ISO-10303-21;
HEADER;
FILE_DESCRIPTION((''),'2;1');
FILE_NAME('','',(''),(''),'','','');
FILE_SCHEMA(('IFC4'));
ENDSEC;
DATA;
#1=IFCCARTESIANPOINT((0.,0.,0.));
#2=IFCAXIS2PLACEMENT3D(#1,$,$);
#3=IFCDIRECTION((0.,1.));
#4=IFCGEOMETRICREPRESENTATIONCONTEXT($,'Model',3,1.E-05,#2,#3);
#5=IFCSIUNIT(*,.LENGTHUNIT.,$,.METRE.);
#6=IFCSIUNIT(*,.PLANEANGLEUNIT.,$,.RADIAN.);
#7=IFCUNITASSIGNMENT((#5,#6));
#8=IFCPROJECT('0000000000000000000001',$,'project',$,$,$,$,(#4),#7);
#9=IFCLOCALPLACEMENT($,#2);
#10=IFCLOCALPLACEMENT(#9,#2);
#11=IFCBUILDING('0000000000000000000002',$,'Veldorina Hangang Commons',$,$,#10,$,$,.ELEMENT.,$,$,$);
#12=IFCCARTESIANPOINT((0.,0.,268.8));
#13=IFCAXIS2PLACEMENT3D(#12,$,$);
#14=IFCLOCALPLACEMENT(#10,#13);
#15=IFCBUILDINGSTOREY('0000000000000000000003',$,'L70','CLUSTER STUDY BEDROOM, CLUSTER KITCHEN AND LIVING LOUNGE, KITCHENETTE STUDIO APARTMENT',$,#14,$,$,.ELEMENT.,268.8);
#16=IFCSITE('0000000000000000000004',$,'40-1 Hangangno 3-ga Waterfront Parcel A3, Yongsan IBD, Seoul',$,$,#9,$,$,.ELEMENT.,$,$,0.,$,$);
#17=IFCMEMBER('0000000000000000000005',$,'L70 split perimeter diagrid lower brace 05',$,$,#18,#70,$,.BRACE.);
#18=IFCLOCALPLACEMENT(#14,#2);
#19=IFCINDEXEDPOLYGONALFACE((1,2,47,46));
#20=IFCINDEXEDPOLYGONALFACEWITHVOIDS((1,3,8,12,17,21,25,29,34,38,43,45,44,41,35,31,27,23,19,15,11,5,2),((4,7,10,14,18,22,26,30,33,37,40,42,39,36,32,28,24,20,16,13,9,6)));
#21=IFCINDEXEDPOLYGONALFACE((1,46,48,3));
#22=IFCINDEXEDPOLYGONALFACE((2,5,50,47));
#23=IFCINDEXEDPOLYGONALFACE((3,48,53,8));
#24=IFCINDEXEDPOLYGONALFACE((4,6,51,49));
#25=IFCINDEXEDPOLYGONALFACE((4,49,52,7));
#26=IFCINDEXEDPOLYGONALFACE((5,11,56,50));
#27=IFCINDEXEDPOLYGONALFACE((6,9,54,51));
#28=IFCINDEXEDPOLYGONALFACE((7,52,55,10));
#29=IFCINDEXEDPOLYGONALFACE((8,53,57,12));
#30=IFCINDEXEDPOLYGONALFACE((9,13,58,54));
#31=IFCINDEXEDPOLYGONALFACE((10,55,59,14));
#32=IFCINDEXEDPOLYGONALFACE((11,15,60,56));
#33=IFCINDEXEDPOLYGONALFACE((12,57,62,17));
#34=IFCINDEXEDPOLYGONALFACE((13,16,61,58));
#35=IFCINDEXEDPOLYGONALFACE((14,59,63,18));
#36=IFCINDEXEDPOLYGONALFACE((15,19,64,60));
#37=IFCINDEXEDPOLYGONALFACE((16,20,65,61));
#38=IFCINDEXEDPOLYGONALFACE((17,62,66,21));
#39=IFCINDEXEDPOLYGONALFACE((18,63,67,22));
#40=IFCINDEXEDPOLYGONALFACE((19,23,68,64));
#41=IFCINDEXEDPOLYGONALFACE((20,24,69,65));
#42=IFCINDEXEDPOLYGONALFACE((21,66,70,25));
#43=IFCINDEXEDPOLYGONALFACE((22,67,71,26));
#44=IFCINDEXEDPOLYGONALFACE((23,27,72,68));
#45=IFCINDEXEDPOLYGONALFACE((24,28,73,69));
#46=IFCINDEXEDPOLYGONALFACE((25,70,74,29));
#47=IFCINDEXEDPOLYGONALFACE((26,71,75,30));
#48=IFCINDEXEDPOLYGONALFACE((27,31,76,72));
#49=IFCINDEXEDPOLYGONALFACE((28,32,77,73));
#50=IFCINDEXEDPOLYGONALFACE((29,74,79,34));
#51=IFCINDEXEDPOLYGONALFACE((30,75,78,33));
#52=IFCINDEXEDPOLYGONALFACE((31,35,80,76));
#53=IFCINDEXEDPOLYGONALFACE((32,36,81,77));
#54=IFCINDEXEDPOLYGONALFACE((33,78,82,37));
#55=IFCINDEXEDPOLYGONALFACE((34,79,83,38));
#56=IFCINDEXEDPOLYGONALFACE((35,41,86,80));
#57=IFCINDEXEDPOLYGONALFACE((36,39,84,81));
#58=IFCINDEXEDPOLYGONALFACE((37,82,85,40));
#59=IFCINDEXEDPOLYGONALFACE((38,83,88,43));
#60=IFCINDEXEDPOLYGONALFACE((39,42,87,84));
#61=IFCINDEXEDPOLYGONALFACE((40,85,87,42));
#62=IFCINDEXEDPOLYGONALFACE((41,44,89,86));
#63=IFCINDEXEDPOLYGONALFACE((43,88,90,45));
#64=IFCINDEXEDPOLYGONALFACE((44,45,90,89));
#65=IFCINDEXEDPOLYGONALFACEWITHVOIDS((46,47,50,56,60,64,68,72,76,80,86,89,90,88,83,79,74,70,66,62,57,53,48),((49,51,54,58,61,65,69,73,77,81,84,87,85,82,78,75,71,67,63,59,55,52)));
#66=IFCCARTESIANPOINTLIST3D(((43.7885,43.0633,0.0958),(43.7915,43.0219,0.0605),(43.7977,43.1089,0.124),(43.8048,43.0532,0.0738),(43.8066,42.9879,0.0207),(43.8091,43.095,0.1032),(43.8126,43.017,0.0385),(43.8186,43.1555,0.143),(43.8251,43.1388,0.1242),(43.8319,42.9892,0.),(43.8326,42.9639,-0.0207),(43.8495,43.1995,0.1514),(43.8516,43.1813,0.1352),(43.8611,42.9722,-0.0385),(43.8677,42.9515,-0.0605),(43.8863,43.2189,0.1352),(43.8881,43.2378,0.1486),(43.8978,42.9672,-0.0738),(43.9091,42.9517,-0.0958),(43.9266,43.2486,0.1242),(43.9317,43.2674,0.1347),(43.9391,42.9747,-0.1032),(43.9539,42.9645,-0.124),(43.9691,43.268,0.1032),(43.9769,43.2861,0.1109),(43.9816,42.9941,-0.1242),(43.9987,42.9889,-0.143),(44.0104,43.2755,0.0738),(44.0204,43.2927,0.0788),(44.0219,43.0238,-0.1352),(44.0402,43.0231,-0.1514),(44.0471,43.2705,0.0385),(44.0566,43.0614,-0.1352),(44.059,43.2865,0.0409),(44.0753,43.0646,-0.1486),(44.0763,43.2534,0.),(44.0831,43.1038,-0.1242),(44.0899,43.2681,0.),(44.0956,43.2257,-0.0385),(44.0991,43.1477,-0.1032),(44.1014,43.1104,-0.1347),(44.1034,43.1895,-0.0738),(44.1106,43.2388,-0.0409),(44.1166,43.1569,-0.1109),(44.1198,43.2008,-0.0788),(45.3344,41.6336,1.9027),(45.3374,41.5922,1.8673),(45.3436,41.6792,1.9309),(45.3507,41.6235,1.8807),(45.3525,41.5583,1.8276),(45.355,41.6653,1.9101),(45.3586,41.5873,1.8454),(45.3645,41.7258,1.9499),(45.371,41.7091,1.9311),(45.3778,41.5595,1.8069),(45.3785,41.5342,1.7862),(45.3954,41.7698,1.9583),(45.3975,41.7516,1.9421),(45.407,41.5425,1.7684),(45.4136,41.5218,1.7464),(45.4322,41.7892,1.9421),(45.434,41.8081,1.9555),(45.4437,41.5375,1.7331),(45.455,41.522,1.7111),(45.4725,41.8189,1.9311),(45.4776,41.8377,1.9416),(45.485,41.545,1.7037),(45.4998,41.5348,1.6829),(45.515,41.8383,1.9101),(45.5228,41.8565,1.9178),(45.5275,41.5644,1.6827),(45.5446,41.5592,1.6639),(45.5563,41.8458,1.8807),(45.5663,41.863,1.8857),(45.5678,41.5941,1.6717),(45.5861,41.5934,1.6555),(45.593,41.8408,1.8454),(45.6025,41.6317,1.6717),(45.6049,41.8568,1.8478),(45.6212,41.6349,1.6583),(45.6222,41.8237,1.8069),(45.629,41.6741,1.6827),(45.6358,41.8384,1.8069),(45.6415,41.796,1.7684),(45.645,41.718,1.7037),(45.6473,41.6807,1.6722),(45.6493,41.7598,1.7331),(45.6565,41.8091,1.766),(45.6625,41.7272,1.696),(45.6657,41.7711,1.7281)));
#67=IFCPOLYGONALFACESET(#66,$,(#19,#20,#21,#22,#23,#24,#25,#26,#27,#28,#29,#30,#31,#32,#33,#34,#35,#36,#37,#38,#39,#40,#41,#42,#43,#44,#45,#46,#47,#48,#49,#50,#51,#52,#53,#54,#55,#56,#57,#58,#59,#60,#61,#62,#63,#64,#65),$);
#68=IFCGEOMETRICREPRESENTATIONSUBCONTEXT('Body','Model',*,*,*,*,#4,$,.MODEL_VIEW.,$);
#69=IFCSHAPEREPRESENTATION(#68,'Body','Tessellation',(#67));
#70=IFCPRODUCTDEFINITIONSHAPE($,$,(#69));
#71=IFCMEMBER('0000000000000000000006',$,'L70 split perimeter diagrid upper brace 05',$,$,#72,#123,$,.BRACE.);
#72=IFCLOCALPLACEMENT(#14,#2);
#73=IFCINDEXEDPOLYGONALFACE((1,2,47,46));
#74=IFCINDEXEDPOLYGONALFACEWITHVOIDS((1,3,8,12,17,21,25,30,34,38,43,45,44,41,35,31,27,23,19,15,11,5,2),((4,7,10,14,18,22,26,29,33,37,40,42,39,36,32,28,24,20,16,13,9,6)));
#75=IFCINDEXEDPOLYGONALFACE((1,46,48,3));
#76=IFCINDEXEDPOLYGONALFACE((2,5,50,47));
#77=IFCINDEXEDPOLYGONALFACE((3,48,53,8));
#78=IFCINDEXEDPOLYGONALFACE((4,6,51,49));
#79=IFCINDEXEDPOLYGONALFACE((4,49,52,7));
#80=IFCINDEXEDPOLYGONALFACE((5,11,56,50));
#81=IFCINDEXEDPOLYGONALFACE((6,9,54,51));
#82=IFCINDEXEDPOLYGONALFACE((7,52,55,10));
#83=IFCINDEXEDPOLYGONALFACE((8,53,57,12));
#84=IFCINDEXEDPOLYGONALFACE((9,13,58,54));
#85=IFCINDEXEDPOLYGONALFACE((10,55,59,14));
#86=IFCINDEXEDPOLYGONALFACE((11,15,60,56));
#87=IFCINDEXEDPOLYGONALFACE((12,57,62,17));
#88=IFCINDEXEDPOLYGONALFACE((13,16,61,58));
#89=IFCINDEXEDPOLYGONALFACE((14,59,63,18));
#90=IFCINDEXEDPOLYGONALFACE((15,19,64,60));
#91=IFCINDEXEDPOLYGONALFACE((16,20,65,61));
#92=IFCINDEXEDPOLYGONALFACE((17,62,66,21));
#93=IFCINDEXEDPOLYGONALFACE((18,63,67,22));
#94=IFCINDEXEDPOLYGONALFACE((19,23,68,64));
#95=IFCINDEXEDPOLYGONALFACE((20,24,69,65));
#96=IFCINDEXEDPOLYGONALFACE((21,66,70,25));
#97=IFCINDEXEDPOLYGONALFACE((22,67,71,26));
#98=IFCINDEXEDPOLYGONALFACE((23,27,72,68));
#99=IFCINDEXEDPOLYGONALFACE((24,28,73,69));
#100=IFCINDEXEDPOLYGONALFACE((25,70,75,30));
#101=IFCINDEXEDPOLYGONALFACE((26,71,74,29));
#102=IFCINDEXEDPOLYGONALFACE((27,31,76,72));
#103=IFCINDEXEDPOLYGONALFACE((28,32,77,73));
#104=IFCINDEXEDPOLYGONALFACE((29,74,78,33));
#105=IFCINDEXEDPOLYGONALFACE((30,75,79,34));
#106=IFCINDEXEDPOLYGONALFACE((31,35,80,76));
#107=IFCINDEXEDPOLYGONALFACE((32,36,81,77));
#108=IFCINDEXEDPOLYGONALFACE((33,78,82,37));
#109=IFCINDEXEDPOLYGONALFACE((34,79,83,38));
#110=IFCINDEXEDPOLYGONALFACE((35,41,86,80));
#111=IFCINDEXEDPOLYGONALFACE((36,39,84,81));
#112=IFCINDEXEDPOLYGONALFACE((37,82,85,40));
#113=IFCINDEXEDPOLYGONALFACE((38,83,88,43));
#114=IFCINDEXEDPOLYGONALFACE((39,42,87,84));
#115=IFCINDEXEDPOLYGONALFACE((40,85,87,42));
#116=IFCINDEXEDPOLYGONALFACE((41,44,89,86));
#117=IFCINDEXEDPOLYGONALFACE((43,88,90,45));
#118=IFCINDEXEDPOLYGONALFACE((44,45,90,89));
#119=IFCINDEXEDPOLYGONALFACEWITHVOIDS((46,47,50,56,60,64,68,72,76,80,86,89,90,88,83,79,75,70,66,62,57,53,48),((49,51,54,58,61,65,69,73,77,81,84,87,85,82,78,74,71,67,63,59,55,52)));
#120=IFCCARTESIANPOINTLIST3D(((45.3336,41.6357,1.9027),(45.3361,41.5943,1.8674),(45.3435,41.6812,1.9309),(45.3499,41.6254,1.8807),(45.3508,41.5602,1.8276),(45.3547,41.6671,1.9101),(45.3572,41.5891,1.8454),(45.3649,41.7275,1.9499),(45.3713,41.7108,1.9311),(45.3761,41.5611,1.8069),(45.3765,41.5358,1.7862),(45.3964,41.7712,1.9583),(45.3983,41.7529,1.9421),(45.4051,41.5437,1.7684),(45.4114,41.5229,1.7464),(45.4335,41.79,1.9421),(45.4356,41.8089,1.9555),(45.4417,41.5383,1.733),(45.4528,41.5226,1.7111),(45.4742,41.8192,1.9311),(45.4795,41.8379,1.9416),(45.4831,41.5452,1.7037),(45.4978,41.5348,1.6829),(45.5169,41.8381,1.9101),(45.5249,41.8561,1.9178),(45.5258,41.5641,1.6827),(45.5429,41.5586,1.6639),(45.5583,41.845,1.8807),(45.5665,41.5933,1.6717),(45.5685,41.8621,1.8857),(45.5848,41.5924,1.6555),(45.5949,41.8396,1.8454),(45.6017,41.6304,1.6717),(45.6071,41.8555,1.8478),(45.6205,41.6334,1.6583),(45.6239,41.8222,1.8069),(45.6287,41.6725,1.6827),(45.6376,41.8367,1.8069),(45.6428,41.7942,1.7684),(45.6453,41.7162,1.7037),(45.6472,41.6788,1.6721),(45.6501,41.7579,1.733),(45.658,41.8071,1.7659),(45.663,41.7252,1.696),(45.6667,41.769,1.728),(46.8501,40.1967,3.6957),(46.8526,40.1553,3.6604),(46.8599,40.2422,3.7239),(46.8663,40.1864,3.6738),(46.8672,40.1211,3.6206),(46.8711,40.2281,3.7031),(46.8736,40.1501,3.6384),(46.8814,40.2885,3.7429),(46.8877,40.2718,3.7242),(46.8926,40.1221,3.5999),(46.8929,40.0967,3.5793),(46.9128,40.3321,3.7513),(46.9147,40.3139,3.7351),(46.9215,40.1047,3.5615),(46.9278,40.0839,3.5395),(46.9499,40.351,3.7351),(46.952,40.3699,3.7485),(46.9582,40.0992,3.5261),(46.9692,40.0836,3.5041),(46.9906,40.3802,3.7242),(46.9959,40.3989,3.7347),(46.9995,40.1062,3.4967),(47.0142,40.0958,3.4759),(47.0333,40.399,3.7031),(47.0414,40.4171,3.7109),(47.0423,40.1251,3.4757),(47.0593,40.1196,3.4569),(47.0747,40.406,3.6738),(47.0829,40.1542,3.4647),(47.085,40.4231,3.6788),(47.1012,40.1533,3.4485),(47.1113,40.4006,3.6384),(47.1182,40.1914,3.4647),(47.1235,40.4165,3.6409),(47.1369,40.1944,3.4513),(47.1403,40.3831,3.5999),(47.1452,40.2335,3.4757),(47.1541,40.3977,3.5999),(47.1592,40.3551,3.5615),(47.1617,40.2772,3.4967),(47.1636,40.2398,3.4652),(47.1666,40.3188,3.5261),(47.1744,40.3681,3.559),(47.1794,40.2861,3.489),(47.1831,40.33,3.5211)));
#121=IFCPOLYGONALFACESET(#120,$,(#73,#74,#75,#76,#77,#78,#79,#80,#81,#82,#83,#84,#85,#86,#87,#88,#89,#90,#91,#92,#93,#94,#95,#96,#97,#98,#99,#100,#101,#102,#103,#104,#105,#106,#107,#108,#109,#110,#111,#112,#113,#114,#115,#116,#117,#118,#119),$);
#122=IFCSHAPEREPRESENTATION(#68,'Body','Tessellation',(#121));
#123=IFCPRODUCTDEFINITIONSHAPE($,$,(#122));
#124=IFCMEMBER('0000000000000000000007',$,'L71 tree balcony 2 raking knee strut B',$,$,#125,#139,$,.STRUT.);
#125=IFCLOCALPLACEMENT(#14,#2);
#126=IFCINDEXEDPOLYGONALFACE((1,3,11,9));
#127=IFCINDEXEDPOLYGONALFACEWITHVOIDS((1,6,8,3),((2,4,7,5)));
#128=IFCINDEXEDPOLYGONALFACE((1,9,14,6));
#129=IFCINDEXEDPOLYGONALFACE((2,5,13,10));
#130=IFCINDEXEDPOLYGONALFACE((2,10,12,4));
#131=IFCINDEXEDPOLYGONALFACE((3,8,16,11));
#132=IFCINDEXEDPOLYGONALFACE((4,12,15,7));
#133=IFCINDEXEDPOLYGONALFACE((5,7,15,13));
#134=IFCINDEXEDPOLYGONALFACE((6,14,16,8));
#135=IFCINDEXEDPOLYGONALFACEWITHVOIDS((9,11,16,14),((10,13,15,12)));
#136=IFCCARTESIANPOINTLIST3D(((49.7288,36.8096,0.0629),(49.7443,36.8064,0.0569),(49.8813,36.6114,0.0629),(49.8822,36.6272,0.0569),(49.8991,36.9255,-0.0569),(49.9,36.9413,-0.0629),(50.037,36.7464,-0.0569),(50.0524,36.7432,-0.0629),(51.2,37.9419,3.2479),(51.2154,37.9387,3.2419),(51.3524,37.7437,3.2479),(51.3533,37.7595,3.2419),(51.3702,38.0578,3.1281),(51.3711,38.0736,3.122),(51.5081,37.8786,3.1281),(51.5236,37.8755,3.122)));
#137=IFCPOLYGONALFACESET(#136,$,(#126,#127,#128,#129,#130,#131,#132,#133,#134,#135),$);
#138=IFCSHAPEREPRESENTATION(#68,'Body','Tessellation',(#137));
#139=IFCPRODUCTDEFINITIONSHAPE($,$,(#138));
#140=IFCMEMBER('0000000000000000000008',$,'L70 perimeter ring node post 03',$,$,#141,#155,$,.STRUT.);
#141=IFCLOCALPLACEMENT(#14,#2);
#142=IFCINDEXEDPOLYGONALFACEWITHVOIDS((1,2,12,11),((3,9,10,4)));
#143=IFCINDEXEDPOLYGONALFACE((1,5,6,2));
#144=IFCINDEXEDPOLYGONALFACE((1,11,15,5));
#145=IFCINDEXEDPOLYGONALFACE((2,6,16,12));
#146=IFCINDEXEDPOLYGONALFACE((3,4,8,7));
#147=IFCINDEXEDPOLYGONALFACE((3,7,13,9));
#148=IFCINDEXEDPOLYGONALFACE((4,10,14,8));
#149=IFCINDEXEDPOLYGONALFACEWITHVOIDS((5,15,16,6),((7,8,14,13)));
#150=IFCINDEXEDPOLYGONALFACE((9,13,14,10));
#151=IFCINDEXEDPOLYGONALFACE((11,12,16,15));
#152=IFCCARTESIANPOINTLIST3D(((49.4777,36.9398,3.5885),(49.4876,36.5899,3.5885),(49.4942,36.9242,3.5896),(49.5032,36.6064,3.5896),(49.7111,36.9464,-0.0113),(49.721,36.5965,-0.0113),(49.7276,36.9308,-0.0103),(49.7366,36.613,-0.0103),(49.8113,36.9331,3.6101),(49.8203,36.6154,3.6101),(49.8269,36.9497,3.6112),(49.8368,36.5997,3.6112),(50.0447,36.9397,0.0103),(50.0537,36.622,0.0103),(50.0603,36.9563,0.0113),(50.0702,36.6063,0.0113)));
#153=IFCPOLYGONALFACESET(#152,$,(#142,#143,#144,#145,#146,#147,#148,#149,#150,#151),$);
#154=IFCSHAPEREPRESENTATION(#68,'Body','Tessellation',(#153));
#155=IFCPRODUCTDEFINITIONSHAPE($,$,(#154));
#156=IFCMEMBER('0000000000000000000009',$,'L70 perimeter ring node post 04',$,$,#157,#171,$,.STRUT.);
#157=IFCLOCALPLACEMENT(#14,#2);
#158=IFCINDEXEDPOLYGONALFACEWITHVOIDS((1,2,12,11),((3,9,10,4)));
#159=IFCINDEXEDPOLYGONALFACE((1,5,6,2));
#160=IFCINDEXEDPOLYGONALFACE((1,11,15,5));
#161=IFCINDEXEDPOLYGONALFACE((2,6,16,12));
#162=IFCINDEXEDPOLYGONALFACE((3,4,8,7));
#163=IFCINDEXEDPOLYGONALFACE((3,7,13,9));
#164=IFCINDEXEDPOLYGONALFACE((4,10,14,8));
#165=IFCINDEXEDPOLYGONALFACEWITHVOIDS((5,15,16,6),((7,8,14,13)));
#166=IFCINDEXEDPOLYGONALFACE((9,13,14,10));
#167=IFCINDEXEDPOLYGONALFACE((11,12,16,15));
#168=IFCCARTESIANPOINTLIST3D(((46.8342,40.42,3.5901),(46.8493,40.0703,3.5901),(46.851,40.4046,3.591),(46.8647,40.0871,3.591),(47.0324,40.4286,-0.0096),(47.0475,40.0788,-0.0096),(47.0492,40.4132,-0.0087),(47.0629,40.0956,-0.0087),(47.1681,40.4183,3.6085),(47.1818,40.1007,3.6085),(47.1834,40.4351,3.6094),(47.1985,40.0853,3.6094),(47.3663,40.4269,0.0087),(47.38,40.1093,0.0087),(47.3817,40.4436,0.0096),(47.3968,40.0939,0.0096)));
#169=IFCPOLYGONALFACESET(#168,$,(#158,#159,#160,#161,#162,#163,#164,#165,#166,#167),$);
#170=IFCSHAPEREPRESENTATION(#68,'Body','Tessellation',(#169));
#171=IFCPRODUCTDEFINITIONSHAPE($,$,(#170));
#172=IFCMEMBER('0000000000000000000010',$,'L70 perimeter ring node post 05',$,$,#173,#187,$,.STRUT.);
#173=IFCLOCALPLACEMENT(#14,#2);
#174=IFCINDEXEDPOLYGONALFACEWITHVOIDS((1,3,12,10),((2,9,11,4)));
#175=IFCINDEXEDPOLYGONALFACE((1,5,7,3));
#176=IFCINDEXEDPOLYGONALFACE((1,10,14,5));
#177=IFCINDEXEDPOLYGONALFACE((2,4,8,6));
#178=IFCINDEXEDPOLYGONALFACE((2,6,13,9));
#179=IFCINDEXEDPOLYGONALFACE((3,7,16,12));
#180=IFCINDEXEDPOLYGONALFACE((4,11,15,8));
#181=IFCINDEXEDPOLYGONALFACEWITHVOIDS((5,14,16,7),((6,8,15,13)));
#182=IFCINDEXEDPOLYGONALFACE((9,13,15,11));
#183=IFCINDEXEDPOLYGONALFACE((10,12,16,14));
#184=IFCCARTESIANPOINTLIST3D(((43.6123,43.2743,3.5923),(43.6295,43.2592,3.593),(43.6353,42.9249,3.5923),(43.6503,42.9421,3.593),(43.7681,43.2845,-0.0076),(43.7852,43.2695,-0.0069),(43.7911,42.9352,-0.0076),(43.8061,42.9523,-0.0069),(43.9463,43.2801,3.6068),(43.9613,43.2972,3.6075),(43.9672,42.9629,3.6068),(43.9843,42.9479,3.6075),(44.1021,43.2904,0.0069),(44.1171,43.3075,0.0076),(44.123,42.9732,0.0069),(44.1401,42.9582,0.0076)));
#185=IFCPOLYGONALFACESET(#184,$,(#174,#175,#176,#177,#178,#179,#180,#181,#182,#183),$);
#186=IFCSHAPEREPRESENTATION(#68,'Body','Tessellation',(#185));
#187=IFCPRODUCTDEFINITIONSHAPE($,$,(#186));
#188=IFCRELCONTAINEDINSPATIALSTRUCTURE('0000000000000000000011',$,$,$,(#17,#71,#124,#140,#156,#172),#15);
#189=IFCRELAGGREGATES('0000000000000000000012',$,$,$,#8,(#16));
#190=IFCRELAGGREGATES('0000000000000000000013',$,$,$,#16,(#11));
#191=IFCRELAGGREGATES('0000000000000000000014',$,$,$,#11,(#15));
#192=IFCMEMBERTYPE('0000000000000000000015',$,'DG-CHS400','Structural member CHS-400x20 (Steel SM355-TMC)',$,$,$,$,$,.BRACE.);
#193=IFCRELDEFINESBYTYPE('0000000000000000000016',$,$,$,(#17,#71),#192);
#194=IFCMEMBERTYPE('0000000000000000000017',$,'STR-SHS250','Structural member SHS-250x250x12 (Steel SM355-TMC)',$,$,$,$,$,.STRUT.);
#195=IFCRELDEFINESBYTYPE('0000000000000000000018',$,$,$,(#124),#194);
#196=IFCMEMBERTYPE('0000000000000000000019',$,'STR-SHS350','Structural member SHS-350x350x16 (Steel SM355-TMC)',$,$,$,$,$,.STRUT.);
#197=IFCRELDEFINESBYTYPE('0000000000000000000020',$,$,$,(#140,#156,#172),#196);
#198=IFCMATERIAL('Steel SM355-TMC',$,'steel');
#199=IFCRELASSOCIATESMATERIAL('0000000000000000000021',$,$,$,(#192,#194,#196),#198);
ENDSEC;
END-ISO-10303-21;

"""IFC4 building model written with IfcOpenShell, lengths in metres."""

from ifc_helpers import new_model, si_unit, direction, frame, origin, origin_2d, place, context, subcontext, project, spatial, hollow_rectangle, hollow_circle, extrude, material, material_profile, profile_set, type_object, element, save


model = new_model("IFC4")

# Units and contexts
model_context = context("Model", 3, precision=1e-05, world=origin(), true_north=direction((0.0, 1.0)))
body_context = subcontext(model_context, "Body", "Model", "MODEL_VIEW")
ifc_project = project(units=[si_unit("LENGTHUNIT", "METRE"), si_unit("PLANEANGLEUNIT", "RADIAN")], contexts=[model_context])

# Site, building, storey
site_placement = place(None, origin())
site = spatial("IfcSite", under=ifc_project, at=site_placement, Name="40-1 Hangangno 3-ga Waterfront Parcel A3, Yongsan IBD, Seoul", CompositionType="ELEMENT", RefElevation=0.0)
building_placement = place(site_placement, origin())
building = spatial("IfcBuilding", under=site, at=building_placement, Name="Veldorina Hangang Commons", CompositionType="ELEMENT")
storey_placement = place(building_placement, frame((0.0, 0.0, 268.8)))
storey = spatial("IfcBuildingStorey", under=building, at=storey_placement, Name="L70", Description="CLUSTER STUDY BEDROOM, CLUSTER KITCHEN AND LIVING LOUNGE, KITCHENETTE STUDIO APARTMENT", CompositionType="ELEMENT", Elevation=268.8)

# Shared definitions
ifc_material_1 = material(Name="Steel SM355-TMC", Category="steel")

# Members
ifc_material_profile_1 = material_profile(ifc_material_1, hollow_circle(Radius=0.2, WallThickness=0.02, at=origin_2d()), Name="CHS-400x20")
ifc_profile_set_1 = profile_set([ifc_material_profile_1], Name="Steel SM355-TMC")
member_type_1 = type_object("IfcMemberType", Name="DG-CHS400", Description="Structural member CHS-400x20 (Steel SM355-TMC)", PredefinedType="BRACE", material=ifc_profile_set_1)
member_1_placement = place(storey_placement, frame((43.9541, 43.1213, 0.0), z_axis=(0.557152, -0.515269, 0.651214), x_axis=(0.678973, 0.734163, 0.0)))
element("IfcMember", 1, at=member_1_placement, inside=storey, type_object=member_type_1, Name="L70 split perimeter diagrid lower brace 05", PredefinedType="BRACE", context=body_context, shape_type="SweptSolid", body=[
    extrude(hollow_circle(Radius=0.2, WallThickness=0.02, at=origin_2d()), origin(), (0.0, 0.0, 1.0), 2.7747),
])
member_2_placement = place(storey_placement, frame((45.5, 41.6917, 1.8069), z_axis=(0.550595, -0.522494, 0.651034), x_axis=(0.688353, 0.725375, 0.0)))
element("IfcMember", 2, at=member_2_placement, inside=storey, type_object=member_type_1, Name="L70 split perimeter diagrid upper brace 05", PredefinedType="BRACE", context=body_context, shape_type="SweptSolid", body=[
    extrude(hollow_circle(Radius=0.2, WallThickness=0.02, at=origin_2d()), origin(), (0.0, 0.0, 1.0), 2.7542),
])
ifc_material_profile_2 = material_profile(ifc_material_1, hollow_rectangle(XDim=0.25, YDim=0.25, WallThickness=0.012, at=origin_2d()), Name="SHS-250x250x12")
ifc_profile_set_2 = profile_set([ifc_material_profile_2], Name="Steel SM355-TMC")
member_type_2 = type_object("IfcMemberType", Name="STR-SHS250", Description="Structural member SHS-250x250x12 (Steel SM355-TMC)", PredefinedType="STRUT", material=ifc_profile_set_2)
member_3_placement = place(storey_placement, frame((49.8906, 36.7764, 0.0), z_axis=(0.399062, 0.307144, 0.863951), x_axis=(-0.609927, 0.792458, 0.0)))
element("IfcMember", 3, at=member_3_placement, inside=storey, type_object=member_type_2, Name="L71 tree balcony 2 raking knee strut B", PredefinedType="STRUT", context=body_context, shape_type="SweptSolid", body=[
    extrude(hollow_rectangle(XDim=0.25, YDim=0.25, WallThickness=0.012, at=origin_2d()), origin(), (0.0, 0.0, 1.0), 3.6865),
])
ifc_material_profile_3 = material_profile(ifc_material_1, hollow_rectangle(XDim=0.3501, YDim=0.3501, WallThickness=0.0161, at=origin_2d()), Name="SHS-350x350x16")
ifc_profile_set_3 = profile_set([ifc_material_profile_3], Name="Steel SM355-TMC")
member_type_3 = type_object("IfcMemberType", Name="STR-SHS350", Description="Structural member SHS-350x350x16 (Steel SM355-TMC)", PredefinedType="STRUT", material=ifc_profile_set_3)
member_4_placement = place(storey_placement, frame((49.8906, 36.7764, 0.0), z_axis=(-0.0647, -0.001827, 0.997903), x_axis=(0.028231, -0.999601, 0.0)))
element("IfcMember", 4, at=member_4_placement, inside=storey, type_object=member_type_3, Name="L70 perimeter ring node post 03", PredefinedType="STRUT", context=body_context, shape_type="SweptSolid", body=[
    extrude(hollow_rectangle(XDim=0.3501, YDim=0.3501, WallThickness=0.0161, at=origin_2d()), origin(), (0.0, 0.0, 1.0), 3.6074),
])
member_5_placement = place(storey_placement, frame((47.2146, 40.2612, 0.0), z_axis=(-0.054986, -0.00237, 0.998484), x_axis=(0.043063, -0.999072, 0.0)))
element("IfcMember", 5, at=member_5_placement, inside=storey, type_object=member_type_3, Name="L70 perimeter ring node post 04", PredefinedType="STRUT", context=body_context, shape_type="SweptSolid", body=[
    extrude(hollow_rectangle(XDim=0.3501, YDim=0.3501, WallThickness=0.0161, at=origin_2d()), origin(), (0.0, 0.0, 1.0), 3.6052),
])
member_6_placement = place(storey_placement, frame((43.9541, 43.1213, 0.0), z_axis=(-0.043228, -0.002846, 0.999061), x_axis=(0.065689, -0.99784, 0.0)))
element("IfcMember", 6, at=member_6_placement, inside=storey, type_object=member_type_3, Name="L70 perimeter ring node post 05", PredefinedType="STRUT", context=body_context, shape_type="SweptSolid", body=[
    extrude(hollow_rectangle(XDim=0.3501, YDim=0.3501, WallThickness=0.0161, at=origin_2d()), origin(), (0.0, 0.0, 1.0), 3.6033),
])

save(model, "model.ifc")
